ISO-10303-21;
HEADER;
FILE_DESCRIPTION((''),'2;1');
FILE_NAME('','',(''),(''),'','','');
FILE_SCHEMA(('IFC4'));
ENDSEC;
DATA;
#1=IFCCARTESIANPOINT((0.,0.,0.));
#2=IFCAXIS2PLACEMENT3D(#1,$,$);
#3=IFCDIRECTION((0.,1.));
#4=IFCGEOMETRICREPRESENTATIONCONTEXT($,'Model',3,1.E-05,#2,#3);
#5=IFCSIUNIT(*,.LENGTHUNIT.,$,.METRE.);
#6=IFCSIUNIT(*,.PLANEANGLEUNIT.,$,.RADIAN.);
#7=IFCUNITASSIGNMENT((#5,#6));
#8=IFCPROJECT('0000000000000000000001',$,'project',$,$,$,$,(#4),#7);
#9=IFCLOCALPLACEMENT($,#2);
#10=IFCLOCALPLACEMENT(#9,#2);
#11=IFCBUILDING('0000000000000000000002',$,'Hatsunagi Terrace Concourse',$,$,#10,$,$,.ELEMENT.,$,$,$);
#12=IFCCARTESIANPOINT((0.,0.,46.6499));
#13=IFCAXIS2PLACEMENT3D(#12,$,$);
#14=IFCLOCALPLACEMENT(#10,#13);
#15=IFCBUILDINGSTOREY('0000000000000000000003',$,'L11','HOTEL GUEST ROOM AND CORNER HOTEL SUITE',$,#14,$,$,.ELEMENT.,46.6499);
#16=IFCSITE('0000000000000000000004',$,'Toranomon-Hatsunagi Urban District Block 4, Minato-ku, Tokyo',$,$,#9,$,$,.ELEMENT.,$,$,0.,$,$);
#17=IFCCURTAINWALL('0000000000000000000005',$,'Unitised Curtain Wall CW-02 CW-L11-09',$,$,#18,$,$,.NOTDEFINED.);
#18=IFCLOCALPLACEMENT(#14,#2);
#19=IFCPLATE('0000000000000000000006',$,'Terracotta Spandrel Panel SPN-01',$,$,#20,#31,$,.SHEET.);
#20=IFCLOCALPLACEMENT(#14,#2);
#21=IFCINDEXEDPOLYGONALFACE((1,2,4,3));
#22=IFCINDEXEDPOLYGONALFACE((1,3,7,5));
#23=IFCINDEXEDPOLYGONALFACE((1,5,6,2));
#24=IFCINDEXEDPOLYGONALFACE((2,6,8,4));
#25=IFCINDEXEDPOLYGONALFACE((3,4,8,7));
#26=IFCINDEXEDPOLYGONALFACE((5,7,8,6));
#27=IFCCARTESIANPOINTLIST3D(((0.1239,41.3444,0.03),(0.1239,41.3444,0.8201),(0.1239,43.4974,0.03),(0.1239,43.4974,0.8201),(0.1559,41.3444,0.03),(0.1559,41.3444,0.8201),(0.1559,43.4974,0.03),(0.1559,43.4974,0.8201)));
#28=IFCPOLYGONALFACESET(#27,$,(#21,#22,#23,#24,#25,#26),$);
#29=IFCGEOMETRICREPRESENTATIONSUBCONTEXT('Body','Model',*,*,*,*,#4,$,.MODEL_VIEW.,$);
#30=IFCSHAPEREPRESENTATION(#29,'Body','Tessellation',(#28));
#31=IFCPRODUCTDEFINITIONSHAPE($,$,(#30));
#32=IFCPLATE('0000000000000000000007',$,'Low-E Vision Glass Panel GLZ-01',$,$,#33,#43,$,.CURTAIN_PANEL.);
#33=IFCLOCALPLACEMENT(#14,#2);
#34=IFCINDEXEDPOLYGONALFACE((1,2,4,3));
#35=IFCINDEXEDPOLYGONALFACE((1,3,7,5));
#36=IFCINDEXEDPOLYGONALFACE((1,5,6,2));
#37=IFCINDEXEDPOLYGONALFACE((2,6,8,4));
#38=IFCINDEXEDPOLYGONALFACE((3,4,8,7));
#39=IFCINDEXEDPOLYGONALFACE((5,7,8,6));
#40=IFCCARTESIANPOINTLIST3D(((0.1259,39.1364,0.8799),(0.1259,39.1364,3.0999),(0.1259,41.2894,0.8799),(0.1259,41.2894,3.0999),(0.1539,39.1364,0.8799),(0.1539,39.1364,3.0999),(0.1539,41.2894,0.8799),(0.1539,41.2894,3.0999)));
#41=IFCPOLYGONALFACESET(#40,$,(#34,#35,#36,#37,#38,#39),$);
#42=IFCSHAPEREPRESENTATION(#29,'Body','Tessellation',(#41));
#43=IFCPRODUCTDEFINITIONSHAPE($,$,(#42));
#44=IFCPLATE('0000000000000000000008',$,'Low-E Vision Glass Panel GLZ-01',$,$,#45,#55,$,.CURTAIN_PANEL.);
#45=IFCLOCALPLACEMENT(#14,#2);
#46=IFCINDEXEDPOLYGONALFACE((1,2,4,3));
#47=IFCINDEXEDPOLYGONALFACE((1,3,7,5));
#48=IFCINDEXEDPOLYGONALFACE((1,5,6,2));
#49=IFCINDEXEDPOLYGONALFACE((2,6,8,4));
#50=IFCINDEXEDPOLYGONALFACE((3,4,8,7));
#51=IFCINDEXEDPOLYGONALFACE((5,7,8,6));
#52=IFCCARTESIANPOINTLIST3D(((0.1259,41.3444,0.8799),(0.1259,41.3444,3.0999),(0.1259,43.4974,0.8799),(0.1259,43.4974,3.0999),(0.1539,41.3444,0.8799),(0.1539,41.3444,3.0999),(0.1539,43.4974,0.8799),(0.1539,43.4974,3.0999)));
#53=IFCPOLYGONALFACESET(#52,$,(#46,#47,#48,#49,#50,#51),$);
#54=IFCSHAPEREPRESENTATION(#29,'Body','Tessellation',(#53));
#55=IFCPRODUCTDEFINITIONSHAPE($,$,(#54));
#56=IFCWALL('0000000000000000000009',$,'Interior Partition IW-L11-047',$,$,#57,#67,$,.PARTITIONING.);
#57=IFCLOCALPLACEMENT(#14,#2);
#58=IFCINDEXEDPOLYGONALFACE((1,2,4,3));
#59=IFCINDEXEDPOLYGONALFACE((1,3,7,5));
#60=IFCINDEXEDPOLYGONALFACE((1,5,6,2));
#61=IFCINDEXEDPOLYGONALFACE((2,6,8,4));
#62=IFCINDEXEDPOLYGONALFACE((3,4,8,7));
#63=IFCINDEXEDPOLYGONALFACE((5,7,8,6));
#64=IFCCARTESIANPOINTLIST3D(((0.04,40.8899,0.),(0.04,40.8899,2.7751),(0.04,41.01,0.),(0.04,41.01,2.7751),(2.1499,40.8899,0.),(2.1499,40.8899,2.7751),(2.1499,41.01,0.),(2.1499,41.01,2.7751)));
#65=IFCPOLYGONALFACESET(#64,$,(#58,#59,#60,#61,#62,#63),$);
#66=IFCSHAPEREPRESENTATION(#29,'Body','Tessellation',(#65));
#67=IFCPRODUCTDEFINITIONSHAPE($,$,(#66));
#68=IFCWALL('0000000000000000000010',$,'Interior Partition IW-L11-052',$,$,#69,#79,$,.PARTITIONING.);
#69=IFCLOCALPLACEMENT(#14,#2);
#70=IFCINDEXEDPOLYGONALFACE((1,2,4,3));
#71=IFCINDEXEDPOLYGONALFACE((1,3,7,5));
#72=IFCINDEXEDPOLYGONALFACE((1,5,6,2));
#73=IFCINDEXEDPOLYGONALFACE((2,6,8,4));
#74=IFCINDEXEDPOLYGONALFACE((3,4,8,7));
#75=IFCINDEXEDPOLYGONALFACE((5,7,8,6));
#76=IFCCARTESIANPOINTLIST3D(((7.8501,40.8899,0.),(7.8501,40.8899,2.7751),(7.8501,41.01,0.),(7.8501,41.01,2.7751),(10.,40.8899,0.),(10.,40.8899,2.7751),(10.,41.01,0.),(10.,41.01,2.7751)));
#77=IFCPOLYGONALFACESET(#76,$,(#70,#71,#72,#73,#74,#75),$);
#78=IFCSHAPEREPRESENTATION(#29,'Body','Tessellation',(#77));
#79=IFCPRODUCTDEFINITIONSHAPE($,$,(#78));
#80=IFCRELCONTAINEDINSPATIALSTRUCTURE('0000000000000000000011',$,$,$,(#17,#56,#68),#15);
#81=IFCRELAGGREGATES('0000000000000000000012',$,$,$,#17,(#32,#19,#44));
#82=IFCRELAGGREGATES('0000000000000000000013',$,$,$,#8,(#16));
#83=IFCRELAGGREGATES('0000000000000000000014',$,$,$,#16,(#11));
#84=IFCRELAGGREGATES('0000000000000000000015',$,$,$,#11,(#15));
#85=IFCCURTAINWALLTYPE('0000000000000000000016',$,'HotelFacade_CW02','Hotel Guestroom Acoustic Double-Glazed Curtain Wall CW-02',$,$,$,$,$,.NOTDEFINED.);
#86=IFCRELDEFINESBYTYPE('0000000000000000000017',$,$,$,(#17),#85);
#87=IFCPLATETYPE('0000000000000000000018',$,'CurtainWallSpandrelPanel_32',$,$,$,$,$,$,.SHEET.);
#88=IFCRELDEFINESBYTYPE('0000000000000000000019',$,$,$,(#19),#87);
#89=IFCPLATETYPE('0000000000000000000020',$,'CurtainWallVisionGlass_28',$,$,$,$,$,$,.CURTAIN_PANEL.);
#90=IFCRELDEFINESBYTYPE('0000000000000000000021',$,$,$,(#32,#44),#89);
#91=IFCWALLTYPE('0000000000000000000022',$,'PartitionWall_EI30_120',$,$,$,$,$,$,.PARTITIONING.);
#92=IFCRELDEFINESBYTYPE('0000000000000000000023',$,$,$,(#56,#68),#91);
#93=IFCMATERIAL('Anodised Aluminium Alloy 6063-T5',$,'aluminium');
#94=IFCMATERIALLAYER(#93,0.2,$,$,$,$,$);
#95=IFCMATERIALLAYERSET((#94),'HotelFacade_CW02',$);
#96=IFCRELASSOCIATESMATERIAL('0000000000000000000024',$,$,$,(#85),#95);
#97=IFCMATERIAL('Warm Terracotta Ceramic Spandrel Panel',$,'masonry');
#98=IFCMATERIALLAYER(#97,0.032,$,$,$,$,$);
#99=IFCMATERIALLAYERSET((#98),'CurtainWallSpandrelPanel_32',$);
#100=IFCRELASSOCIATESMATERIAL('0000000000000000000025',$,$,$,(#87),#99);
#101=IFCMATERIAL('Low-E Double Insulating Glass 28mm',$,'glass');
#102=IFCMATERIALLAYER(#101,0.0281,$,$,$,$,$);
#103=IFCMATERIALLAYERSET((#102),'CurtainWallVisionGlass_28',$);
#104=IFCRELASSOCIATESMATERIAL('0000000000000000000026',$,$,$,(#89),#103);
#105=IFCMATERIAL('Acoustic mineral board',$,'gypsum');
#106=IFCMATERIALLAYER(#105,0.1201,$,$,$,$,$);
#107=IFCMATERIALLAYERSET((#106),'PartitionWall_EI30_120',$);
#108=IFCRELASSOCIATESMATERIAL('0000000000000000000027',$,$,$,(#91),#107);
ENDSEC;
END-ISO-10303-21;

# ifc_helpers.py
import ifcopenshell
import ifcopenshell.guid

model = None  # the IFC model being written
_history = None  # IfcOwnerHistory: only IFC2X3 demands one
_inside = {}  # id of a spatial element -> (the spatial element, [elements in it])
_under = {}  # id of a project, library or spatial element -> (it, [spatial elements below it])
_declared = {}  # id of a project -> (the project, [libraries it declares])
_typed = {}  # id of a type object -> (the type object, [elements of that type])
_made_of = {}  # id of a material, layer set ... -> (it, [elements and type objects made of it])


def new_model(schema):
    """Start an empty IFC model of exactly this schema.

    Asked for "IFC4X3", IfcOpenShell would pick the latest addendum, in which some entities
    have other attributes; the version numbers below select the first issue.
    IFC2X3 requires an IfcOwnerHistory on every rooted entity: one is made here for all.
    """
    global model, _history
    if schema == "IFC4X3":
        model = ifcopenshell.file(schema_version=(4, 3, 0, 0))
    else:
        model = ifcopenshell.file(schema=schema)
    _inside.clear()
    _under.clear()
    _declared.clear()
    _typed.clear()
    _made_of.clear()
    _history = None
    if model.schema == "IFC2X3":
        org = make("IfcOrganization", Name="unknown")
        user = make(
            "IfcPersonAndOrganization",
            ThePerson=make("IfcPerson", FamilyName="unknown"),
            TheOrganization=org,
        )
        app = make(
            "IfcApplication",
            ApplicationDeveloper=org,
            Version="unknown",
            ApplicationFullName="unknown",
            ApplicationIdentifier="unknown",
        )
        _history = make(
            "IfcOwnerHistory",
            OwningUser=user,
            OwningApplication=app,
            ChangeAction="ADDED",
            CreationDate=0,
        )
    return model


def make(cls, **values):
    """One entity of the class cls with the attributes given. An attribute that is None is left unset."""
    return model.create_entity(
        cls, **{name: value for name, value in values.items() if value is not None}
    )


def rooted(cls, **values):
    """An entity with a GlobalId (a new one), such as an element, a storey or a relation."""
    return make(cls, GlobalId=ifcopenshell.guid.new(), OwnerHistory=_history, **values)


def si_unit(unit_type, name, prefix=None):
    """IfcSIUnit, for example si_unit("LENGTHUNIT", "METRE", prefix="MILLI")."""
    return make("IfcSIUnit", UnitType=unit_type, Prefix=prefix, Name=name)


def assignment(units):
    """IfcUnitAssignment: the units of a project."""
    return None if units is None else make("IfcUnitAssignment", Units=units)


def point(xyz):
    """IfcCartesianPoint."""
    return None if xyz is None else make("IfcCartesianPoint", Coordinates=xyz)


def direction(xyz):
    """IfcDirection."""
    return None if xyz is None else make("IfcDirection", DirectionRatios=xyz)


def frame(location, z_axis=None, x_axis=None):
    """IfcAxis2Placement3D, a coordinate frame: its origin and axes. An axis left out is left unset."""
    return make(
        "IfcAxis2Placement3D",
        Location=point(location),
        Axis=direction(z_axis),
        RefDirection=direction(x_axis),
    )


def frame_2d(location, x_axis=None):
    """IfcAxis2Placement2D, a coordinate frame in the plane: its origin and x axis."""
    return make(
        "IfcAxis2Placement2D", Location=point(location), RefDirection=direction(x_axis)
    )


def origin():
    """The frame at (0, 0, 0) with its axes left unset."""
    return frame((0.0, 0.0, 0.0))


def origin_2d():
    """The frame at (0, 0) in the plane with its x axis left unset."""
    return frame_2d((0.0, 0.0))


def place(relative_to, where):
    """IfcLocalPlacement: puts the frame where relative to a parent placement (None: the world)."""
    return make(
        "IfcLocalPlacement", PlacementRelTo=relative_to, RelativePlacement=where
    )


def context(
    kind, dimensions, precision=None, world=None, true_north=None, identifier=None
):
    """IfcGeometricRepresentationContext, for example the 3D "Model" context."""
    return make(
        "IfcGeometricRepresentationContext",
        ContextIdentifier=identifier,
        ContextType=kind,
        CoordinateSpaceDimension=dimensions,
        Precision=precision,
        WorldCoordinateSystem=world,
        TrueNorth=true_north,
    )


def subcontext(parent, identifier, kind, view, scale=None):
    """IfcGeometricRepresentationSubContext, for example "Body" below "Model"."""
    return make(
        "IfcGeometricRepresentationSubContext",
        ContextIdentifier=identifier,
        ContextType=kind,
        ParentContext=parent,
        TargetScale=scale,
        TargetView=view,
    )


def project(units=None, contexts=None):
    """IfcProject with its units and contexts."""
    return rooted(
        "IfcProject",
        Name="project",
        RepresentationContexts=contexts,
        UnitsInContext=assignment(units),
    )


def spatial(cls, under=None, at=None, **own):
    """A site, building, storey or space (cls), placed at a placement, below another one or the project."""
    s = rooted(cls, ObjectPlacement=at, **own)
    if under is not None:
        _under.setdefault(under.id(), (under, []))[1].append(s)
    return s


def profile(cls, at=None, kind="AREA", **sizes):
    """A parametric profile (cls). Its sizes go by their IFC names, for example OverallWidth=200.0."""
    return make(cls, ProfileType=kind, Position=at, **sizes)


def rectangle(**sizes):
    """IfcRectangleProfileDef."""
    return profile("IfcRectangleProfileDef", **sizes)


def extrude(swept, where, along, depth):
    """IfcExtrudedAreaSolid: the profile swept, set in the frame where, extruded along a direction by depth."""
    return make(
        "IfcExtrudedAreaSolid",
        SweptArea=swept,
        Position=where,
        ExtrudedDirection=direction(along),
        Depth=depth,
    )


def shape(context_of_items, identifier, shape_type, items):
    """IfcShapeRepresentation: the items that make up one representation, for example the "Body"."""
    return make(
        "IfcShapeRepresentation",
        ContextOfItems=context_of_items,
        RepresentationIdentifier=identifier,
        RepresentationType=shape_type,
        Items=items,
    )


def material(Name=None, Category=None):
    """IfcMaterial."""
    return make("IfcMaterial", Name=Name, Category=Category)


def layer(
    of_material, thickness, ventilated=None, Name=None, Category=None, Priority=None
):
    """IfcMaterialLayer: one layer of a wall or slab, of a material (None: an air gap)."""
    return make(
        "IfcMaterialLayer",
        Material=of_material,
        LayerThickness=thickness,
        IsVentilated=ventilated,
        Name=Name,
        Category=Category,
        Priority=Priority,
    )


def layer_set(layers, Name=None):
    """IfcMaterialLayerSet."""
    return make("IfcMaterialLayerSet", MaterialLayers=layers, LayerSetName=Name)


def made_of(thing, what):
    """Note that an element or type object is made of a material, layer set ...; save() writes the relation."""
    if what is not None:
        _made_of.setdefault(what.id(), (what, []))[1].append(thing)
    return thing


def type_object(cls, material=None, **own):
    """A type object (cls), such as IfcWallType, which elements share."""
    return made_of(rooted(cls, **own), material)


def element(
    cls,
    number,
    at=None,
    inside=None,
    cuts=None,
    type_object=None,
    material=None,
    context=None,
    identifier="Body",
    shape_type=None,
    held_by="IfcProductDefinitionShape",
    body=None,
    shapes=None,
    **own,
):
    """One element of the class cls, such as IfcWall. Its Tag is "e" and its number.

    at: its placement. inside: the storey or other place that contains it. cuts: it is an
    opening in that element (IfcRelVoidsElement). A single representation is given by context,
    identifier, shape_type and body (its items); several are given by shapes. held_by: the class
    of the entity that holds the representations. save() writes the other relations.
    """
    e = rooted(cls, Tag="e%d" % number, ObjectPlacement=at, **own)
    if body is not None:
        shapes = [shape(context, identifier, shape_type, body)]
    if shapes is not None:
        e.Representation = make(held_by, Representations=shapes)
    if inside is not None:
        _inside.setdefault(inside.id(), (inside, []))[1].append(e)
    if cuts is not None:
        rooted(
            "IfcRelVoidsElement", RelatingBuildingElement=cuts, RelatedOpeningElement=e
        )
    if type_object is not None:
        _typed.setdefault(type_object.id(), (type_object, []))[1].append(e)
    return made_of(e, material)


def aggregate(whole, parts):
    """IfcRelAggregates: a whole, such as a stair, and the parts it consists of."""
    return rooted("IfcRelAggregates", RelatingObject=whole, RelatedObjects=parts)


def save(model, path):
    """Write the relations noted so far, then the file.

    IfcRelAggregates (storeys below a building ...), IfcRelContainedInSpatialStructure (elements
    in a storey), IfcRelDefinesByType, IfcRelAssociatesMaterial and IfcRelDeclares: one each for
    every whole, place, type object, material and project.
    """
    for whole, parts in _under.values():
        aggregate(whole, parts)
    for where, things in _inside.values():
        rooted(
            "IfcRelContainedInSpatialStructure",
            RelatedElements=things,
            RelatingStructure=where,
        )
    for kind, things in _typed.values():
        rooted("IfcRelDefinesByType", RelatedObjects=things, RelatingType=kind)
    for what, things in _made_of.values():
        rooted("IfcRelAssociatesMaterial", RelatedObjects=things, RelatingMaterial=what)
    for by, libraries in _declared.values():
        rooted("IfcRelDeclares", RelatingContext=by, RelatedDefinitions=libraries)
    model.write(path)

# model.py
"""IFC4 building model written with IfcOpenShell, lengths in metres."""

from ifc_helpers import new_model, si_unit, direction, frame, frame_2d, origin, origin_2d, place, context, subcontext, project, spatial, rectangle, extrude, material, layer, layer_set, type_object, element, aggregate, save


model = new_model("IFC4")

# Units and contexts
model_context = context("Model", 3, precision=1e-05, world=origin(), true_north=direction((0.0, 1.0)))
body_context = subcontext(model_context, "Body", "Model", "MODEL_VIEW")
ifc_project = project(units=[si_unit("LENGTHUNIT", "METRE"), si_unit("PLANEANGLEUNIT", "RADIAN")], contexts=[model_context])

# Site, building, storey
site_placement = place(None, origin())
site = spatial("IfcSite", under=ifc_project, at=site_placement, Name="Toranomon-Hatsunagi Urban District Block 4, Minato-ku, Tokyo", CompositionType="ELEMENT", RefElevation=0.0)
building_placement = place(site_placement, origin())
building = spatial("IfcBuilding", under=site, at=building_placement, Name="Hatsunagi Terrace Concourse", CompositionType="ELEMENT")
storey_placement = place(building_placement, frame((0.0, 0.0, 46.6499)))
storey = spatial("IfcBuildingStorey", under=building, at=storey_placement, Name="L11", Description="HOTEL GUEST ROOM AND CORNER HOTEL SUITE", CompositionType="ELEMENT", Elevation=46.6499)

# Curtain wall
ifc_material_1 = material(Name="Anodised Aluminium Alloy 6063-T5", Category="aluminium")
ifc_layer_1 = layer(ifc_material_1, 0.2)
ifc_layer_set_1 = layer_set([ifc_layer_1], Name="HotelFacade_CW02")
curtain_wall_type = type_object("IfcCurtainWallType", Name="HotelFacade_CW02", Description="Hotel Guestroom Acoustic Double-Glazed Curtain Wall CW-02", PredefinedType="NOTDEFINED", material=ifc_layer_set_1)
curtain_wall_placement = place(storey_placement, origin())
curtain_wall = element("IfcCurtainWall", 1, at=curtain_wall_placement, inside=storey, type_object=curtain_wall_type, Name="Unitised Curtain Wall CW-02 CW-L11-09", PredefinedType="NOTDEFINED")

# Plates
ifc_material_2 = material(Name="Warm Terracotta Ceramic Spandrel Panel", Category="masonry")
ifc_layer_2 = layer(ifc_material_2, 0.032)
ifc_layer_set_2 = layer_set([ifc_layer_2], Name="CurtainWallSpandrelPanel_32")
plate_type_1 = type_object("IfcPlateType", Name="CurtainWallSpandrelPanel_32", PredefinedType="SHEET", material=ifc_layer_set_2)
plate_1_placement = place(storey_placement, frame((0.1399, 42.4209, 0.03), z_axis=(0.0, 0.0, 1.0), x_axis=(0.0, 1.0, 0.0)))
plate_1 = element("IfcPlate", 2, at=plate_1_placement, type_object=plate_type_1, Name="Terracotta Spandrel Panel SPN-01", PredefinedType="SHEET", context=body_context, shape_type="SweptSolid", body=[
    extrude(rectangle(XDim=2.1531, YDim=0.032, at=origin_2d()), origin(), (0.0, 0.0, 1.0), 0.79),
])
ifc_material_3 = material(Name="Low-E Double Insulating Glass 28mm", Category="glass")
ifc_layer_3 = layer(ifc_material_3, 0.0281)
ifc_layer_set_3 = layer_set([ifc_layer_3], Name="CurtainWallVisionGlass_28")
plate_type_2 = type_object("IfcPlateType", Name="CurtainWallVisionGlass_28", PredefinedType="CURTAIN_PANEL", material=ifc_layer_set_3)
plate_2_placement = place(storey_placement, frame((0.1399, 40.2129, 0.8799), z_axis=(0.0, 0.0, 1.0), x_axis=(0.0, 1.0, 0.0)))
plate_2 = element("IfcPlate", 3, at=plate_2_placement, type_object=plate_type_2, Name="Low-E Vision Glass Panel GLZ-01", PredefinedType="CURTAIN_PANEL", context=body_context, shape_type="SweptSolid", body=[
    extrude(rectangle(XDim=2.1531, YDim=0.0281, at=origin_2d()), origin(), (0.0, 0.0, 1.0), 2.22),
])
plate_3_placement = place(storey_placement, frame((0.1399, 42.4209, 0.8799), z_axis=(0.0, 0.0, 1.0), x_axis=(0.0, 1.0, 0.0)))
plate_3 = element("IfcPlate", 4, at=plate_3_placement, type_object=plate_type_2, Name="Low-E Vision Glass Panel GLZ-01", PredefinedType="CURTAIN_PANEL", context=body_context, shape_type="SweptSolid", body=[
    extrude(rectangle(XDim=2.1531, YDim=0.0281, at=origin_2d()), origin(), (0.0, 0.0, 1.0), 2.22),
])
aggregate(curtain_wall, [plate_2, plate_1, plate_3])

# Walls
ifc_material_4 = material(Name="Acoustic mineral board", Category="gypsum")
ifc_layer_4 = layer(ifc_material_4, 0.1201)
ifc_layer_set_4 = layer_set([ifc_layer_4], Name="PartitionWall_EI30_120")
wall_type_1 = type_object("IfcWallType", Name="PartitionWall_EI30_120", PredefinedType="PARTITIONING", material=ifc_layer_set_4)
wall_1_placement = place(storey_placement, frame((0.04, 40.95, 0.0), z_axis=(0.0, 0.0, 1.0), x_axis=(1.0, 0.0, 0.0)))
element("IfcWall", 5, at=wall_1_placement, inside=storey, type_object=wall_type_1, Name="Interior Partition IW-L11-047", PredefinedType="PARTITIONING", context=body_context, shape_type="SweptSolid", body=[
    extrude(rectangle(XDim=2.1099, YDim=0.1201, at=frame_2d((1.0549, 0.0))), origin(), (0.0, 0.0, 1.0), 2.7751),
])
wall_2_placement = place(storey_placement, frame((7.8501, 40.95, 0.0), z_axis=(0.0, 0.0, 1.0), x_axis=(1.0, 0.0, 0.0)))
element("IfcWall", 6, at=wall_2_placement, inside=storey, type_object=wall_type_1, Name="Interior Partition IW-L11-052", PredefinedType="PARTITIONING", context=body_context, shape_type="SweptSolid", body=[
    extrude(rectangle(XDim=2.1499, YDim=0.1201, at=frame_2d((1.075, 0.0))), origin(), (0.0, 0.0, 1.0), 2.7751),
])

save(model, "model.ifc")
